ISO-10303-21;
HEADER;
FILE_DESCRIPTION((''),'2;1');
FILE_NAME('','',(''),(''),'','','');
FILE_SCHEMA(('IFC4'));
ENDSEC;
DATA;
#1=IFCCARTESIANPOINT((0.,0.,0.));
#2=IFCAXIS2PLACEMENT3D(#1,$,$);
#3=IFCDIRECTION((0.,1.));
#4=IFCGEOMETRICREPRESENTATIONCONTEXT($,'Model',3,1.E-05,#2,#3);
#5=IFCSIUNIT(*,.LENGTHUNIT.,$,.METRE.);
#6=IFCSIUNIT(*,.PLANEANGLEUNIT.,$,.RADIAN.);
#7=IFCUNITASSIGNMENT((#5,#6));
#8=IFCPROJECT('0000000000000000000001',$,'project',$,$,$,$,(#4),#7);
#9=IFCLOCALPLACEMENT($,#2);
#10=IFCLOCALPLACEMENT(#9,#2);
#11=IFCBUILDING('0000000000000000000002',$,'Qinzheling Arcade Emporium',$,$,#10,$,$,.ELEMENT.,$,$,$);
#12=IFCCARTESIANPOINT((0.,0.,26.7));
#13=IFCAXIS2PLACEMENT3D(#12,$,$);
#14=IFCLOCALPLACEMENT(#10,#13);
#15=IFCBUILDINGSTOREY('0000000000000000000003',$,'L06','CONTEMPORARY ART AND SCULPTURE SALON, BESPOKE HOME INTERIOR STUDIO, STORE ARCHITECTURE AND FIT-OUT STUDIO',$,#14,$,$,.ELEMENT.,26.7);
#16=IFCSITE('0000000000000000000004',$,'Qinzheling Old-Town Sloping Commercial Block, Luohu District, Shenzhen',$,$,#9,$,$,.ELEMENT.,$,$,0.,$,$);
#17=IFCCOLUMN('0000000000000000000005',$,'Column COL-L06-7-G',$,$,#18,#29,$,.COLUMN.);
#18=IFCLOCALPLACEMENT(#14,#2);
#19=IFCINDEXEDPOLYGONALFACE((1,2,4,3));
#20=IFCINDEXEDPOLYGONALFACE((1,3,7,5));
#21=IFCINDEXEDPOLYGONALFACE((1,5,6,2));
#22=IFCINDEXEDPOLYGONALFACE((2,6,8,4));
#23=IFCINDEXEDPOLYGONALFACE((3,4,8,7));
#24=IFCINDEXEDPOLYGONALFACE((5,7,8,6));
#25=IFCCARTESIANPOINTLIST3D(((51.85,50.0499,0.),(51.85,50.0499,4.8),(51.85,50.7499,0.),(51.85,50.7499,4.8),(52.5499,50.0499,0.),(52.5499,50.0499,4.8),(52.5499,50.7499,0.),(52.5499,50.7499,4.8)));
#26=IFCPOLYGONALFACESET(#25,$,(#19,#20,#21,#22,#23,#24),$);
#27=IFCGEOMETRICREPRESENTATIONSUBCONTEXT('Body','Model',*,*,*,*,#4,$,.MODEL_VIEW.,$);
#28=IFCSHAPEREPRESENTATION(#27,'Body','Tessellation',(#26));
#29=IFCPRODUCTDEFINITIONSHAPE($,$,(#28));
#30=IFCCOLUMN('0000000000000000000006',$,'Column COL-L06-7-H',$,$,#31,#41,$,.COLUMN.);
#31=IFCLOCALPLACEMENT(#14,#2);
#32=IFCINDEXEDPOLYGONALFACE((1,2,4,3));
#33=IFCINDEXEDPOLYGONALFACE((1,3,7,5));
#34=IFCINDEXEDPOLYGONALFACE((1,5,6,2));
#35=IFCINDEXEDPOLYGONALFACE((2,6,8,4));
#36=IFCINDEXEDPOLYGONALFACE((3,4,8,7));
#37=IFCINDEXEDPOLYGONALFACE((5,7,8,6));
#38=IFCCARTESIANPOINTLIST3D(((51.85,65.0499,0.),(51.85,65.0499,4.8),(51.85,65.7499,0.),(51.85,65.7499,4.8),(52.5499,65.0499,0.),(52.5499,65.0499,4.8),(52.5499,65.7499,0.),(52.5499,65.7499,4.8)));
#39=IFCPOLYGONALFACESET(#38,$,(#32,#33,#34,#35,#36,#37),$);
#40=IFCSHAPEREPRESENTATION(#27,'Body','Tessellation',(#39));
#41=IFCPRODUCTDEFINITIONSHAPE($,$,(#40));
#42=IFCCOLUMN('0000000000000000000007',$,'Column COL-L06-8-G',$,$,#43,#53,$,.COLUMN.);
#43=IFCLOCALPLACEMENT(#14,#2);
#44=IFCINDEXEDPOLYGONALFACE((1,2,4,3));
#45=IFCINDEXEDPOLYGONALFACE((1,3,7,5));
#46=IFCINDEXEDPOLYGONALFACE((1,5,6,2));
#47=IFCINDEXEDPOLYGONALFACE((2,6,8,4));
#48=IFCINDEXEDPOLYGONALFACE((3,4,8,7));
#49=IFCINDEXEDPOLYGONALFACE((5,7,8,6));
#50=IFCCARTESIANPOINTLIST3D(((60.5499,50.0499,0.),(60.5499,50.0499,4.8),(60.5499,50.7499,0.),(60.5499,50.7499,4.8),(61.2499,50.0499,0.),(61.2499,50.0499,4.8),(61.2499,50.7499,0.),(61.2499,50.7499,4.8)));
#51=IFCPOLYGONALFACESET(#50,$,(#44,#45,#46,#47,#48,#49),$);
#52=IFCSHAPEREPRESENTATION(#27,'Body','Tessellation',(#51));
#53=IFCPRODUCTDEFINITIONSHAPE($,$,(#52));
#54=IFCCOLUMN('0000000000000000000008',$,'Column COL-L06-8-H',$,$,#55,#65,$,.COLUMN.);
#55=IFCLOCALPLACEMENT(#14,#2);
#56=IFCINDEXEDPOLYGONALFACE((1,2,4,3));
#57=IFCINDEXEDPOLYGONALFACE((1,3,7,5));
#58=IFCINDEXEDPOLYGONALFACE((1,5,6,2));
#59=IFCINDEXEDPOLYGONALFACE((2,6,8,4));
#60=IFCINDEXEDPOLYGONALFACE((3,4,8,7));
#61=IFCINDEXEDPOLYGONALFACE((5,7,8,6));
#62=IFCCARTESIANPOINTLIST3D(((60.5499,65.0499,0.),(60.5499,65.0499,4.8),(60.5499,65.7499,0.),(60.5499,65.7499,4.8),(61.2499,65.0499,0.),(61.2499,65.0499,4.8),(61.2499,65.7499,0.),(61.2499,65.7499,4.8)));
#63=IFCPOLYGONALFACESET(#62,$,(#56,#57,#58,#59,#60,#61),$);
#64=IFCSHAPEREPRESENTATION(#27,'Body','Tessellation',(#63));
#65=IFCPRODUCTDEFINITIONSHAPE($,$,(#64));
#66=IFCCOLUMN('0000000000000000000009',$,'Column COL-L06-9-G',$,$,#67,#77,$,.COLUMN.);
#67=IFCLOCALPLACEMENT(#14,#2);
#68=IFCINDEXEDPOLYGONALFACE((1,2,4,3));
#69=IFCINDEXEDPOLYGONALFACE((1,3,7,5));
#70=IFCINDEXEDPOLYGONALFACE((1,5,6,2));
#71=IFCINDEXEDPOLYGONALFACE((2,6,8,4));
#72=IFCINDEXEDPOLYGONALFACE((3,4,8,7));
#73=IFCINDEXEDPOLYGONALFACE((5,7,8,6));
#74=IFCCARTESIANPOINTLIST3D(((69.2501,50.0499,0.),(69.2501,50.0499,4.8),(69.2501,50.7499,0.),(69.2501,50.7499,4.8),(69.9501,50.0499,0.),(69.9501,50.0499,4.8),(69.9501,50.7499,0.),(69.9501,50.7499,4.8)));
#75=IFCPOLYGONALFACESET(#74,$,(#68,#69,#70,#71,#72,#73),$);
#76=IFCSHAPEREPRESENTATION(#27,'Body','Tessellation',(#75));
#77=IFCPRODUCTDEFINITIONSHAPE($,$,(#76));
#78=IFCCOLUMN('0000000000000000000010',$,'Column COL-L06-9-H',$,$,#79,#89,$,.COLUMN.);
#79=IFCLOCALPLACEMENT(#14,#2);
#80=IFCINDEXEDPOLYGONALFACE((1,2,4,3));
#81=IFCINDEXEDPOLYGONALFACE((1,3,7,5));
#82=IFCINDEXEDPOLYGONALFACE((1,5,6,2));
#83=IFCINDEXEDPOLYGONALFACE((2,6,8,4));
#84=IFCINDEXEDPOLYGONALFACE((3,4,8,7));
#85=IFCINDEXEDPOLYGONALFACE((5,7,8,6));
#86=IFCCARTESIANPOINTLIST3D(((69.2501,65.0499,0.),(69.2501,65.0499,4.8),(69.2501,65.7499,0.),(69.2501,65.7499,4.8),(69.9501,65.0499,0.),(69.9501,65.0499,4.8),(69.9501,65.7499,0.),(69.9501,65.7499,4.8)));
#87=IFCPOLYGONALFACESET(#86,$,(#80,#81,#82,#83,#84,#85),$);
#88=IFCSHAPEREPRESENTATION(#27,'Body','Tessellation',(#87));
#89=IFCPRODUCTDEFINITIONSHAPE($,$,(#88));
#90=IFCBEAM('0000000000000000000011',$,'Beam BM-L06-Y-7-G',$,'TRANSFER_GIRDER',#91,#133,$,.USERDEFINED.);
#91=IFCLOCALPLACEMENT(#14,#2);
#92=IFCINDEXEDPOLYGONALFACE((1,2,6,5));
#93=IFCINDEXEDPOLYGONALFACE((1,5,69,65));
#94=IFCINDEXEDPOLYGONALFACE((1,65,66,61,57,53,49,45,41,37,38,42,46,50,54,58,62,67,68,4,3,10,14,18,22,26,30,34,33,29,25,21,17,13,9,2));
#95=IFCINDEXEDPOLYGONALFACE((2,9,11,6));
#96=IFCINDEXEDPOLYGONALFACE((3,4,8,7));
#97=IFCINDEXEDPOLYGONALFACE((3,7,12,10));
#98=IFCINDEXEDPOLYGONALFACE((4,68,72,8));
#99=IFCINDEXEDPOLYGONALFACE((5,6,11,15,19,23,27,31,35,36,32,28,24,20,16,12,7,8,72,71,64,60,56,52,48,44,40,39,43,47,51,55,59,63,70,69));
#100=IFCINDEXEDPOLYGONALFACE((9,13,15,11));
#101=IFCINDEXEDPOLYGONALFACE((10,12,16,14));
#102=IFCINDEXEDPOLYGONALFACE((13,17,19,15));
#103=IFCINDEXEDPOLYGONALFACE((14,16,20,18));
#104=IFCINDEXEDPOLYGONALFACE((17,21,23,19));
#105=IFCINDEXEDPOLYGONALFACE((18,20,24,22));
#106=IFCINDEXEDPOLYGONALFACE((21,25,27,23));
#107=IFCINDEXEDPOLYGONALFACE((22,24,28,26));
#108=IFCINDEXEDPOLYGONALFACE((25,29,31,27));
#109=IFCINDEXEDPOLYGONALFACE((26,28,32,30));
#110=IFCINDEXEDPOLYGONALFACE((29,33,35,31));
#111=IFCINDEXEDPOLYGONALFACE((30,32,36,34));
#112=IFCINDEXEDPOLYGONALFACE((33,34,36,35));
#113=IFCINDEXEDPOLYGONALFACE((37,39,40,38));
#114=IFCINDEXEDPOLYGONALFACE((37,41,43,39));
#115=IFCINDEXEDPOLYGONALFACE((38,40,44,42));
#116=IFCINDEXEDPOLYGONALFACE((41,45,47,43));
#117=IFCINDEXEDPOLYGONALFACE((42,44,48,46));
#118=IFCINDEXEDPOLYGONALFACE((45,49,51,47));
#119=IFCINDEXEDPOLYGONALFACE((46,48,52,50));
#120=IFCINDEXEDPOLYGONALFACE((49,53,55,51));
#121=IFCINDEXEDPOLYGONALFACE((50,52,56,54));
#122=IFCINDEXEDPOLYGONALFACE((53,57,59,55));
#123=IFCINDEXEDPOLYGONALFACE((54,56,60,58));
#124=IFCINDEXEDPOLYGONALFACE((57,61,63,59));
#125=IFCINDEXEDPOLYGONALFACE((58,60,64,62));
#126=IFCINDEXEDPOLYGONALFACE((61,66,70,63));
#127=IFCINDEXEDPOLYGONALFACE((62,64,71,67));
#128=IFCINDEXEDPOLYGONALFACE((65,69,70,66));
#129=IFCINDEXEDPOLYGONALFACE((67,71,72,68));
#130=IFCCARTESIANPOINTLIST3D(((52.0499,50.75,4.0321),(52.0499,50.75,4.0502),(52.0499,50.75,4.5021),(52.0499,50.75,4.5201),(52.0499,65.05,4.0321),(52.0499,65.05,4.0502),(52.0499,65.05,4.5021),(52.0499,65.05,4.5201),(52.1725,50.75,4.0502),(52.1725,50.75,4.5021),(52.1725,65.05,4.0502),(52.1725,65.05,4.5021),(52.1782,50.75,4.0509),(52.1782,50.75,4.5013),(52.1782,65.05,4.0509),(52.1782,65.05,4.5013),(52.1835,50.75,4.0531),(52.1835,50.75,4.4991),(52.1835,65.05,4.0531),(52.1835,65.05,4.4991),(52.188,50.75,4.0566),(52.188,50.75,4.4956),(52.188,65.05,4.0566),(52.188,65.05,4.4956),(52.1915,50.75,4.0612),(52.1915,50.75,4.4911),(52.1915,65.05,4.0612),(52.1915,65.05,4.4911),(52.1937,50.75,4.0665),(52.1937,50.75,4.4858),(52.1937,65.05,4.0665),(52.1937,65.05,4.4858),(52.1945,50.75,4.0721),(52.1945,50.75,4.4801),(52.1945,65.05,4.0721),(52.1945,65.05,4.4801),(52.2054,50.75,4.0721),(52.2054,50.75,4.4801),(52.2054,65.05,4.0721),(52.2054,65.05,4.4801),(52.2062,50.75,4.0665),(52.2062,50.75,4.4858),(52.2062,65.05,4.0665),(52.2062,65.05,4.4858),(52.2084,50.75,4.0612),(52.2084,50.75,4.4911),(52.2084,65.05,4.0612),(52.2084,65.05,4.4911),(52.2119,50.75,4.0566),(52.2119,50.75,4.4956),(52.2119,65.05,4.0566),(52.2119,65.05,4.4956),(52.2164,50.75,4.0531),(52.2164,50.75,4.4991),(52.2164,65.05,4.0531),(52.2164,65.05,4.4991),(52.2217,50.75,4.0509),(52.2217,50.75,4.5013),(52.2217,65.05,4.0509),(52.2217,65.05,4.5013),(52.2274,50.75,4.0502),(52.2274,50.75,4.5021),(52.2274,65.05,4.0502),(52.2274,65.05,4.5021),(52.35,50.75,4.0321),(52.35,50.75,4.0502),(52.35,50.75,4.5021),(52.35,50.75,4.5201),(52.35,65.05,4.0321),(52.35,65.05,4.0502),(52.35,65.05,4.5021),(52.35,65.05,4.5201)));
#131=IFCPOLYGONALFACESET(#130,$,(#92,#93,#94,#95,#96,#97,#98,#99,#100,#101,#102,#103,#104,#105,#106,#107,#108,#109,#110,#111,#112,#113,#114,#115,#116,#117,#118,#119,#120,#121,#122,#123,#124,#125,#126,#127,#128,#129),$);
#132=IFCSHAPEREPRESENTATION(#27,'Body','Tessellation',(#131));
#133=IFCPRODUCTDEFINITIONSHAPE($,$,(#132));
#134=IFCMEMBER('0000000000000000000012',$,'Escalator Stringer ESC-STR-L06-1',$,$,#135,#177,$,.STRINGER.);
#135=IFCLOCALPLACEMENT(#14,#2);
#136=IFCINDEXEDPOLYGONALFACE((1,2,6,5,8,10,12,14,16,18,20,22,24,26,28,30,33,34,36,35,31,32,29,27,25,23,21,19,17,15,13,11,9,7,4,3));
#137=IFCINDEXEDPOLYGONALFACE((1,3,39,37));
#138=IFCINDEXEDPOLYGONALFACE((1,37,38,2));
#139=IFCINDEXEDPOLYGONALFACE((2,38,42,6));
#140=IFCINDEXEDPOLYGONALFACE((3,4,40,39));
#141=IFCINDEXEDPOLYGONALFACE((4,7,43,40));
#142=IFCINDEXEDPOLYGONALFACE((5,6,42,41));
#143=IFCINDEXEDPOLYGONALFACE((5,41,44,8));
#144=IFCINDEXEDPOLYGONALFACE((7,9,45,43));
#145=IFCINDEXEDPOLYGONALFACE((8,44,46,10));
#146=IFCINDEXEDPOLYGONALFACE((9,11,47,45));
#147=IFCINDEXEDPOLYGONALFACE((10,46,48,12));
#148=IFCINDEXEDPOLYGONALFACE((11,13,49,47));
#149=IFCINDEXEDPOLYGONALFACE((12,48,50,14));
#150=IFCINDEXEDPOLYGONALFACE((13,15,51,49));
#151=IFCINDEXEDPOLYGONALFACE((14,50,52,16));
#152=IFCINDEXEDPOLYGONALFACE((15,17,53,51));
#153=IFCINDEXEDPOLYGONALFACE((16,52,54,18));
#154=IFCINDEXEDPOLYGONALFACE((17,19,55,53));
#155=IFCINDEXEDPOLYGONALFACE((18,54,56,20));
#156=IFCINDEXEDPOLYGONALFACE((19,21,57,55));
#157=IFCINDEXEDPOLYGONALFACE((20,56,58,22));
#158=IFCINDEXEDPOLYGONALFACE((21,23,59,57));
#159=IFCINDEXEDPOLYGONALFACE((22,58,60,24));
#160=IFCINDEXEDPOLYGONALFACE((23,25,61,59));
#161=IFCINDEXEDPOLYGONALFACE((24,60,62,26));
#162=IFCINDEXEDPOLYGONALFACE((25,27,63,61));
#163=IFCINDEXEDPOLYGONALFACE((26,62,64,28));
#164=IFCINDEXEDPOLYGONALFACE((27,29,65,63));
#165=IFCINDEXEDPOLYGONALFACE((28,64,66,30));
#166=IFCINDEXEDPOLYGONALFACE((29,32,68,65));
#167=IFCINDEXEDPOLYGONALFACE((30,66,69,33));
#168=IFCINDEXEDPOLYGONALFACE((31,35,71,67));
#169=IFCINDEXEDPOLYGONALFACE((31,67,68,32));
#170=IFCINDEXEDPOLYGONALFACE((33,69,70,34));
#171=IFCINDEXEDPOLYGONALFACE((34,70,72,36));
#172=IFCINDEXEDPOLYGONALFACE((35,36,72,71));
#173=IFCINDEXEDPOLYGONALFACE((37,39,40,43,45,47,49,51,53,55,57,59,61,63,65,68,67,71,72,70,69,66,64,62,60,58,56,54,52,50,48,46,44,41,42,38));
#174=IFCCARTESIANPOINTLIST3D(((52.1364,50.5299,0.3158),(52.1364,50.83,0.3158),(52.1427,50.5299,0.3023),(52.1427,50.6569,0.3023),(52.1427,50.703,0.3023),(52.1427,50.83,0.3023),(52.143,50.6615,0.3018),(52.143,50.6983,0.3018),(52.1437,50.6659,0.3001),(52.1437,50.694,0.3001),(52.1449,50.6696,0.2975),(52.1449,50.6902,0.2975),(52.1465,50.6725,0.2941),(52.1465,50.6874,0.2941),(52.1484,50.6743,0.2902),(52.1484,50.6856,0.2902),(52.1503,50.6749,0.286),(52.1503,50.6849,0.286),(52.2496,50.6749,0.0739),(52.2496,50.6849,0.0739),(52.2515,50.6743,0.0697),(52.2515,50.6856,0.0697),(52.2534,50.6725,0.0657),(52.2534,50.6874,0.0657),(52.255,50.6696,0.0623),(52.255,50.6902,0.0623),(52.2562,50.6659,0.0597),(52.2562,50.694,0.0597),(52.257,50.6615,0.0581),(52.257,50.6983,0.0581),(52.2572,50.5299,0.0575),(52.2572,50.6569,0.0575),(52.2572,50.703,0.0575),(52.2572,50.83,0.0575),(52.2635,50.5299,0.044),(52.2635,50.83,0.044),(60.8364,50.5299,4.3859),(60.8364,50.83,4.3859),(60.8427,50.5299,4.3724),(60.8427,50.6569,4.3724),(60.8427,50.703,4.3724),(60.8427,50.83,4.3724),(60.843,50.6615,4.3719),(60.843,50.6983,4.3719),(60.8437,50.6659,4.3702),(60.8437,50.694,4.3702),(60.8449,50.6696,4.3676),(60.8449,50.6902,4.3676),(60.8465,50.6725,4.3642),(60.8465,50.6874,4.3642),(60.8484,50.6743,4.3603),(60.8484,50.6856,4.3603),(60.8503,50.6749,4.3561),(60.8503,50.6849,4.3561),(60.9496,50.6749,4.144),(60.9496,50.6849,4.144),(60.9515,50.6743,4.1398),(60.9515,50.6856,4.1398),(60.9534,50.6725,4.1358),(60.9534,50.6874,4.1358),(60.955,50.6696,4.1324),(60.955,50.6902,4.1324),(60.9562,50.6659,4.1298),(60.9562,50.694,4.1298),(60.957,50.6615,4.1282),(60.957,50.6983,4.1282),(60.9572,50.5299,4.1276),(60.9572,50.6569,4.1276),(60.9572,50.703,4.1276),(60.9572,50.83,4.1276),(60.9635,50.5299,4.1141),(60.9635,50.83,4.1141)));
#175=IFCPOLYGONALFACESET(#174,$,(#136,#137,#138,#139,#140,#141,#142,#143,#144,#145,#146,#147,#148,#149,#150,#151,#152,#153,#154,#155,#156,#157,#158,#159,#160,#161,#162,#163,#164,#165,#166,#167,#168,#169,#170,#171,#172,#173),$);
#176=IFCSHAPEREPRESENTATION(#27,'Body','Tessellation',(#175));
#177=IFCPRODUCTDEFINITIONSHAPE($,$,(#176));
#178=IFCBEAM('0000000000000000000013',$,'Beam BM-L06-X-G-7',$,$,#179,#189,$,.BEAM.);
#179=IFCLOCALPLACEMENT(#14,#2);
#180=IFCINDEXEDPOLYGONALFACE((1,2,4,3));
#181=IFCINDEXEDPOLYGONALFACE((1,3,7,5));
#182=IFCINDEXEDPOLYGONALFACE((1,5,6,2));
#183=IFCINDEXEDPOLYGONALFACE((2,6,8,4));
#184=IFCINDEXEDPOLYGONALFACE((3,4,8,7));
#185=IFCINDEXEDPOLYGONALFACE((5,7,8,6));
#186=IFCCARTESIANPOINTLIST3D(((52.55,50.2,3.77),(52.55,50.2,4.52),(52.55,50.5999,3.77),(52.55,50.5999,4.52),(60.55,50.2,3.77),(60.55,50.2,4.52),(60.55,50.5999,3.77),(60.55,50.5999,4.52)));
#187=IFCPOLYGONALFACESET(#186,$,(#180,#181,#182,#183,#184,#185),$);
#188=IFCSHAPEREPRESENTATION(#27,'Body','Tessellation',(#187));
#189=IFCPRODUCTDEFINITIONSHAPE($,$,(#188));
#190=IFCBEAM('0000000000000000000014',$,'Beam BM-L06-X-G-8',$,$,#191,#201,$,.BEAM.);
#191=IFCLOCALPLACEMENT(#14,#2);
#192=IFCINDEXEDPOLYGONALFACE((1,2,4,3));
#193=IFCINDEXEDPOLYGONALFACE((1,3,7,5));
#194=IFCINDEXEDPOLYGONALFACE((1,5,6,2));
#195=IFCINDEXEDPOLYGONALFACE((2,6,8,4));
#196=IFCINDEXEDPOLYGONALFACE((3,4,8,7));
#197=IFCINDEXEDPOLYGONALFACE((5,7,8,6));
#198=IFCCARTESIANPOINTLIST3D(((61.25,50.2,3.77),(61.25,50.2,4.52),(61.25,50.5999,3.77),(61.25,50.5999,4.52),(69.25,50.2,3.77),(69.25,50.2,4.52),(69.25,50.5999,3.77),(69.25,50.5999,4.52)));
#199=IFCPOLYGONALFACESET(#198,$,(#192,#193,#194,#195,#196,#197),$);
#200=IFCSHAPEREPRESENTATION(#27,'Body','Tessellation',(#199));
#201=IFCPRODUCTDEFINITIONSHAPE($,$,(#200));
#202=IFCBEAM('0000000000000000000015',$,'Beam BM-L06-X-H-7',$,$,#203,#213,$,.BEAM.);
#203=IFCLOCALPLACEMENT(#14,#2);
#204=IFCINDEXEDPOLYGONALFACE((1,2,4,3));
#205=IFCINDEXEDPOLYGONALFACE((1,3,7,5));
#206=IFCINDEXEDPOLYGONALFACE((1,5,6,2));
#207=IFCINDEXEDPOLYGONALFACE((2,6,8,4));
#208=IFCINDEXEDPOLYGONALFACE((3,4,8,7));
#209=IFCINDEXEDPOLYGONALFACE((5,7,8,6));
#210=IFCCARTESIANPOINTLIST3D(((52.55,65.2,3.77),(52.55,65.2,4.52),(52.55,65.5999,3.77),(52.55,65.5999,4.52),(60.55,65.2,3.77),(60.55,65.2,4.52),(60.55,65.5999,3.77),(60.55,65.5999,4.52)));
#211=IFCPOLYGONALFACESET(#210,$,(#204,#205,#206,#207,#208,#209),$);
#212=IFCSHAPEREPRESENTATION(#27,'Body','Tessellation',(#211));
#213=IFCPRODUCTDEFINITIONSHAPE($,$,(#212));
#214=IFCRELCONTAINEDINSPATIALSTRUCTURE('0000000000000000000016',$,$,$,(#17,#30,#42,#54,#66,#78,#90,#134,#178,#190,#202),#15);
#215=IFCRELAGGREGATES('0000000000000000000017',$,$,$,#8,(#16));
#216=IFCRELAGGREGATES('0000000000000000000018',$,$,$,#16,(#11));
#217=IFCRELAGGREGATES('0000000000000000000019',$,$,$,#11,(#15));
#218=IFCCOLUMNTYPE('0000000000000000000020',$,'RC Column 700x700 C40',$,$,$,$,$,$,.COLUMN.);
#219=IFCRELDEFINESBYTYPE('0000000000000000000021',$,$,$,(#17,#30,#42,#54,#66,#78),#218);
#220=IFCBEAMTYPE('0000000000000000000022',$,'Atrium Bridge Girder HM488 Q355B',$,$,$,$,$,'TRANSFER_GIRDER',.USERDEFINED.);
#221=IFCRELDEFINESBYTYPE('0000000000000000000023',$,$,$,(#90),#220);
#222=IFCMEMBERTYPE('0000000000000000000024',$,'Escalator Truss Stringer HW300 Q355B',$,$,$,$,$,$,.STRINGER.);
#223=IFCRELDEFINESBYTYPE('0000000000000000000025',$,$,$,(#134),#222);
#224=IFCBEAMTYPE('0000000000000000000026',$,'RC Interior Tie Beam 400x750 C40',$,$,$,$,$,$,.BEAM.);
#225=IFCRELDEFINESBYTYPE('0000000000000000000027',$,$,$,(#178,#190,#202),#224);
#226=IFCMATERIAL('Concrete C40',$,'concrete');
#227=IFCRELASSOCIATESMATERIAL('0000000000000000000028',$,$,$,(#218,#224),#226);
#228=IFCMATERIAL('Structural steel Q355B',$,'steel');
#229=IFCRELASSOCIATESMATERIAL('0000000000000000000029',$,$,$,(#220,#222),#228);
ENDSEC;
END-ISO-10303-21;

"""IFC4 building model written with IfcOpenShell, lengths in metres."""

from ifc_helpers import new_model, si_unit, direction, frame, origin, origin_2d, place, context, subcontext, project, spatial, rectangle, i_section, extrude, material, material_profile, profile_set, type_object, element, save


model = new_model("IFC4")

# Units and contexts
model_context = context("Model", 3, precision=1e-05, world=origin(), true_north=direction((0.0, 1.0)))
body_context = subcontext(model_context, "Body", "Model", "MODEL_VIEW")
ifc_project = project(units=[si_unit("LENGTHUNIT", "METRE"), si_unit("PLANEANGLEUNIT", "RADIAN")], contexts=[model_context])

# Site, building, storey
site_placement = place(None, origin())
site = spatial("IfcSite", under=ifc_project, at=site_placement, Name="Qinzheling Old-Town Sloping Commercial Block, Luohu District, Shenzhen", CompositionType="ELEMENT", RefElevation=0.0)
building_placement = place(site_placement, origin())
building = spatial("IfcBuilding", under=site, at=building_placement, Name="Qinzheling Arcade Emporium", CompositionType="ELEMENT")
storey_placement = place(building_placement, frame((0.0, 0.0, 26.7)))
storey = spatial("IfcBuildingStorey", under=building, at=storey_placement, Name="L06", Description="CONTEMPORARY ART AND SCULPTURE SALON, BESPOKE HOME INTERIOR STUDIO, STORE ARCHITECTURE AND FIT-OUT STUDIO", CompositionType="ELEMENT", Elevation=26.7)

# Columns
ifc_material_1 = material(Name="Concrete C40", Category="concrete")
ifc_material_profile_1 = material_profile(ifc_material_1, rectangle(XDim=0.7, YDim=0.7, at=origin_2d()), Name="RC 700x700", Category="concrete")
ifc_profile_set_1 = profile_set([ifc_material_profile_1], Name="Concrete C40")
column_type = type_object("IfcColumnType", Name="RC Column 700x700 C40", PredefinedType="COLUMN", material=ifc_profile_set_1)
for number, where, z_axis, x_axis, name in (
    (1, (52.2, 50.3999, 0.0), (0.0, 0.0, 1.0), (1.0, 0.0, 0.0), "Column COL-L06-7-G"),
    (2, (52.2, 65.3999, 0.0), (0.0, 0.0, 1.0), (1.0, 0.0, 0.0), "Column COL-L06-7-H"),
    (3, (60.8999, 50.3999, 0.0), (0.0, 0.0, 1.0), (1.0, 0.0, 0.0), "Column COL-L06-8-G"),
    (4, (60.8999, 65.3999, 0.0), (0.0, 0.0, 1.0), (1.0, 0.0, 0.0), "Column COL-L06-8-H"),
    (5, (69.6001, 50.3999, 0.0), (0.0, 0.0, 1.0), (1.0, 0.0, 0.0), "Column COL-L06-9-G"),
    (6, (69.6001, 65.3999, 0.0), (0.0, 0.0, 1.0), (1.0, 0.0, 0.0), "Column COL-L06-9-H"),
):
    element("IfcColumn", number, at=place(storey_placement, frame(where, z_axis=z_axis, x_axis=x_axis)), inside=storey, type_object=column_type, Name=name, PredefinedType="COLUMN", context=body_context, shape_type="SweptSolid", body=[
        extrude(rectangle(XDim=0.7, YDim=0.7, at=origin_2d()), origin(), (0.0, 0.0, 1.0), 4.8),
    ])

# Beam
ifc_material_2 = material(Name="Structural steel Q355B", Category="steel")
ifc_material_profile_2 = material_profile(ifc_material_2, i_section(OverallWidth=0.3, OverallDepth=0.488, WebThickness=0.011, FlangeThickness=0.0181, FilletRadius=0.022, at=origin_2d()), Name="HM 488x300x11x18", Category="steel")
ifc_profile_set_2 = profile_set([ifc_material_profile_2], Name="Structural steel Q355B")
beam_type_1 = type_object("IfcBeamType", Name="Atrium Bridge Girder HM488 Q355B", ElementType="TRANSFER_GIRDER", PredefinedType="USERDEFINED", material=ifc_profile_set_2)
beam_placement = place(storey_placement, frame((52.2, 50.75, 4.2761), z_axis=(0.0, 1.0, 0.0), x_axis=(-1.0, 0.0, 0.0)))
element("IfcBeam", 7, at=beam_placement, inside=storey, type_object=beam_type_1, Name="Beam BM-L06-Y-7-G", ObjectType="TRANSFER_GIRDER", PredefinedType="USERDEFINED", context=body_context, shape_type="SweptSolid", body=[
    extrude(i_section(OverallWidth=0.3, OverallDepth=0.488, WebThickness=0.011, FlangeThickness=0.0181, FilletRadius=0.022, at=origin_2d()), origin(), (0.0, 0.0, 1.0), 14.3),
])

# Member
ifc_material_profile_3 = material_profile(ifc_material_2, i_section(OverallWidth=0.3, OverallDepth=0.3, WebThickness=0.01, FlangeThickness=0.0149, FilletRadius=0.0181, at=origin_2d()), Name="HW 300x300x10x15", Category="steel")
ifc_profile_set_3 = profile_set([ifc_material_profile_3], Name="Structural steel Q355B")
member_type = type_object("IfcMemberType", Name="Escalator Truss Stringer HW300 Q355B", PredefinedType="STRINGER", material=ifc_profile_set_3)
member_placement = place(storey_placement, frame((52.2, 50.6799, 0.1799), z_axis=(0.90578, 0.0, 0.423748), x_axis=(0.0, 1.0, 0.0)))
element("IfcMember", 8, at=member_placement, inside=storey, type_object=member_type, Name="Escalator Stringer ESC-STR-L06-1", PredefinedType="STRINGER", context=body_context, shape_type="SweptSolid", body=[
    extrude(i_section(OverallWidth=0.3, OverallDepth=0.3, WebThickness=0.01, FlangeThickness=0.0149, FilletRadius=0.0181, at=origin_2d()), origin(), (0.0, 0.0, 1.0), 9.605),
])

# Beams
ifc_material_profile_4 = material_profile(ifc_material_1, rectangle(XDim=0.3999, YDim=0.75, at=origin_2d()), Name="RC 400x750", Category="concrete")
ifc_profile_set_4 = profile_set([ifc_material_profile_4], Name="Concrete C40")
beam_type_2 = type_object("IfcBeamType", Name="RC Interior Tie Beam 400x750 C40", PredefinedType="BEAM", material=ifc_profile_set_4)
for number, where, z_axis, x_axis, name in (
    (9, (52.55, 50.3999, 4.145), (1.0, 0.0, 0.0), (0.0, 1.0, 0.0), "Beam BM-L06-X-G-7"),
    (10, (61.25, 50.3999, 4.145), (1.0, 0.0, 0.0), (0.0, 1.0, 0.0), "Beam BM-L06-X-G-8"),
    (11, (52.55, 65.3999, 4.145), (1.0, 0.0, 0.0), (0.0, 1.0, 0.0), "Beam BM-L06-X-H-7"),
):
    element("IfcBeam", number, at=place(storey_placement, frame(where, z_axis=z_axis, x_axis=x_axis)), inside=storey, type_object=beam_type_2, Name=name, PredefinedType="BEAM", context=body_context, shape_type="SweptSolid", body=[
        extrude(rectangle(XDim=0.3999, YDim=0.75, at=origin_2d()), origin(), (0.0, 0.0, 1.0), 8.0),
    ])

save(model, "model.ifc")
